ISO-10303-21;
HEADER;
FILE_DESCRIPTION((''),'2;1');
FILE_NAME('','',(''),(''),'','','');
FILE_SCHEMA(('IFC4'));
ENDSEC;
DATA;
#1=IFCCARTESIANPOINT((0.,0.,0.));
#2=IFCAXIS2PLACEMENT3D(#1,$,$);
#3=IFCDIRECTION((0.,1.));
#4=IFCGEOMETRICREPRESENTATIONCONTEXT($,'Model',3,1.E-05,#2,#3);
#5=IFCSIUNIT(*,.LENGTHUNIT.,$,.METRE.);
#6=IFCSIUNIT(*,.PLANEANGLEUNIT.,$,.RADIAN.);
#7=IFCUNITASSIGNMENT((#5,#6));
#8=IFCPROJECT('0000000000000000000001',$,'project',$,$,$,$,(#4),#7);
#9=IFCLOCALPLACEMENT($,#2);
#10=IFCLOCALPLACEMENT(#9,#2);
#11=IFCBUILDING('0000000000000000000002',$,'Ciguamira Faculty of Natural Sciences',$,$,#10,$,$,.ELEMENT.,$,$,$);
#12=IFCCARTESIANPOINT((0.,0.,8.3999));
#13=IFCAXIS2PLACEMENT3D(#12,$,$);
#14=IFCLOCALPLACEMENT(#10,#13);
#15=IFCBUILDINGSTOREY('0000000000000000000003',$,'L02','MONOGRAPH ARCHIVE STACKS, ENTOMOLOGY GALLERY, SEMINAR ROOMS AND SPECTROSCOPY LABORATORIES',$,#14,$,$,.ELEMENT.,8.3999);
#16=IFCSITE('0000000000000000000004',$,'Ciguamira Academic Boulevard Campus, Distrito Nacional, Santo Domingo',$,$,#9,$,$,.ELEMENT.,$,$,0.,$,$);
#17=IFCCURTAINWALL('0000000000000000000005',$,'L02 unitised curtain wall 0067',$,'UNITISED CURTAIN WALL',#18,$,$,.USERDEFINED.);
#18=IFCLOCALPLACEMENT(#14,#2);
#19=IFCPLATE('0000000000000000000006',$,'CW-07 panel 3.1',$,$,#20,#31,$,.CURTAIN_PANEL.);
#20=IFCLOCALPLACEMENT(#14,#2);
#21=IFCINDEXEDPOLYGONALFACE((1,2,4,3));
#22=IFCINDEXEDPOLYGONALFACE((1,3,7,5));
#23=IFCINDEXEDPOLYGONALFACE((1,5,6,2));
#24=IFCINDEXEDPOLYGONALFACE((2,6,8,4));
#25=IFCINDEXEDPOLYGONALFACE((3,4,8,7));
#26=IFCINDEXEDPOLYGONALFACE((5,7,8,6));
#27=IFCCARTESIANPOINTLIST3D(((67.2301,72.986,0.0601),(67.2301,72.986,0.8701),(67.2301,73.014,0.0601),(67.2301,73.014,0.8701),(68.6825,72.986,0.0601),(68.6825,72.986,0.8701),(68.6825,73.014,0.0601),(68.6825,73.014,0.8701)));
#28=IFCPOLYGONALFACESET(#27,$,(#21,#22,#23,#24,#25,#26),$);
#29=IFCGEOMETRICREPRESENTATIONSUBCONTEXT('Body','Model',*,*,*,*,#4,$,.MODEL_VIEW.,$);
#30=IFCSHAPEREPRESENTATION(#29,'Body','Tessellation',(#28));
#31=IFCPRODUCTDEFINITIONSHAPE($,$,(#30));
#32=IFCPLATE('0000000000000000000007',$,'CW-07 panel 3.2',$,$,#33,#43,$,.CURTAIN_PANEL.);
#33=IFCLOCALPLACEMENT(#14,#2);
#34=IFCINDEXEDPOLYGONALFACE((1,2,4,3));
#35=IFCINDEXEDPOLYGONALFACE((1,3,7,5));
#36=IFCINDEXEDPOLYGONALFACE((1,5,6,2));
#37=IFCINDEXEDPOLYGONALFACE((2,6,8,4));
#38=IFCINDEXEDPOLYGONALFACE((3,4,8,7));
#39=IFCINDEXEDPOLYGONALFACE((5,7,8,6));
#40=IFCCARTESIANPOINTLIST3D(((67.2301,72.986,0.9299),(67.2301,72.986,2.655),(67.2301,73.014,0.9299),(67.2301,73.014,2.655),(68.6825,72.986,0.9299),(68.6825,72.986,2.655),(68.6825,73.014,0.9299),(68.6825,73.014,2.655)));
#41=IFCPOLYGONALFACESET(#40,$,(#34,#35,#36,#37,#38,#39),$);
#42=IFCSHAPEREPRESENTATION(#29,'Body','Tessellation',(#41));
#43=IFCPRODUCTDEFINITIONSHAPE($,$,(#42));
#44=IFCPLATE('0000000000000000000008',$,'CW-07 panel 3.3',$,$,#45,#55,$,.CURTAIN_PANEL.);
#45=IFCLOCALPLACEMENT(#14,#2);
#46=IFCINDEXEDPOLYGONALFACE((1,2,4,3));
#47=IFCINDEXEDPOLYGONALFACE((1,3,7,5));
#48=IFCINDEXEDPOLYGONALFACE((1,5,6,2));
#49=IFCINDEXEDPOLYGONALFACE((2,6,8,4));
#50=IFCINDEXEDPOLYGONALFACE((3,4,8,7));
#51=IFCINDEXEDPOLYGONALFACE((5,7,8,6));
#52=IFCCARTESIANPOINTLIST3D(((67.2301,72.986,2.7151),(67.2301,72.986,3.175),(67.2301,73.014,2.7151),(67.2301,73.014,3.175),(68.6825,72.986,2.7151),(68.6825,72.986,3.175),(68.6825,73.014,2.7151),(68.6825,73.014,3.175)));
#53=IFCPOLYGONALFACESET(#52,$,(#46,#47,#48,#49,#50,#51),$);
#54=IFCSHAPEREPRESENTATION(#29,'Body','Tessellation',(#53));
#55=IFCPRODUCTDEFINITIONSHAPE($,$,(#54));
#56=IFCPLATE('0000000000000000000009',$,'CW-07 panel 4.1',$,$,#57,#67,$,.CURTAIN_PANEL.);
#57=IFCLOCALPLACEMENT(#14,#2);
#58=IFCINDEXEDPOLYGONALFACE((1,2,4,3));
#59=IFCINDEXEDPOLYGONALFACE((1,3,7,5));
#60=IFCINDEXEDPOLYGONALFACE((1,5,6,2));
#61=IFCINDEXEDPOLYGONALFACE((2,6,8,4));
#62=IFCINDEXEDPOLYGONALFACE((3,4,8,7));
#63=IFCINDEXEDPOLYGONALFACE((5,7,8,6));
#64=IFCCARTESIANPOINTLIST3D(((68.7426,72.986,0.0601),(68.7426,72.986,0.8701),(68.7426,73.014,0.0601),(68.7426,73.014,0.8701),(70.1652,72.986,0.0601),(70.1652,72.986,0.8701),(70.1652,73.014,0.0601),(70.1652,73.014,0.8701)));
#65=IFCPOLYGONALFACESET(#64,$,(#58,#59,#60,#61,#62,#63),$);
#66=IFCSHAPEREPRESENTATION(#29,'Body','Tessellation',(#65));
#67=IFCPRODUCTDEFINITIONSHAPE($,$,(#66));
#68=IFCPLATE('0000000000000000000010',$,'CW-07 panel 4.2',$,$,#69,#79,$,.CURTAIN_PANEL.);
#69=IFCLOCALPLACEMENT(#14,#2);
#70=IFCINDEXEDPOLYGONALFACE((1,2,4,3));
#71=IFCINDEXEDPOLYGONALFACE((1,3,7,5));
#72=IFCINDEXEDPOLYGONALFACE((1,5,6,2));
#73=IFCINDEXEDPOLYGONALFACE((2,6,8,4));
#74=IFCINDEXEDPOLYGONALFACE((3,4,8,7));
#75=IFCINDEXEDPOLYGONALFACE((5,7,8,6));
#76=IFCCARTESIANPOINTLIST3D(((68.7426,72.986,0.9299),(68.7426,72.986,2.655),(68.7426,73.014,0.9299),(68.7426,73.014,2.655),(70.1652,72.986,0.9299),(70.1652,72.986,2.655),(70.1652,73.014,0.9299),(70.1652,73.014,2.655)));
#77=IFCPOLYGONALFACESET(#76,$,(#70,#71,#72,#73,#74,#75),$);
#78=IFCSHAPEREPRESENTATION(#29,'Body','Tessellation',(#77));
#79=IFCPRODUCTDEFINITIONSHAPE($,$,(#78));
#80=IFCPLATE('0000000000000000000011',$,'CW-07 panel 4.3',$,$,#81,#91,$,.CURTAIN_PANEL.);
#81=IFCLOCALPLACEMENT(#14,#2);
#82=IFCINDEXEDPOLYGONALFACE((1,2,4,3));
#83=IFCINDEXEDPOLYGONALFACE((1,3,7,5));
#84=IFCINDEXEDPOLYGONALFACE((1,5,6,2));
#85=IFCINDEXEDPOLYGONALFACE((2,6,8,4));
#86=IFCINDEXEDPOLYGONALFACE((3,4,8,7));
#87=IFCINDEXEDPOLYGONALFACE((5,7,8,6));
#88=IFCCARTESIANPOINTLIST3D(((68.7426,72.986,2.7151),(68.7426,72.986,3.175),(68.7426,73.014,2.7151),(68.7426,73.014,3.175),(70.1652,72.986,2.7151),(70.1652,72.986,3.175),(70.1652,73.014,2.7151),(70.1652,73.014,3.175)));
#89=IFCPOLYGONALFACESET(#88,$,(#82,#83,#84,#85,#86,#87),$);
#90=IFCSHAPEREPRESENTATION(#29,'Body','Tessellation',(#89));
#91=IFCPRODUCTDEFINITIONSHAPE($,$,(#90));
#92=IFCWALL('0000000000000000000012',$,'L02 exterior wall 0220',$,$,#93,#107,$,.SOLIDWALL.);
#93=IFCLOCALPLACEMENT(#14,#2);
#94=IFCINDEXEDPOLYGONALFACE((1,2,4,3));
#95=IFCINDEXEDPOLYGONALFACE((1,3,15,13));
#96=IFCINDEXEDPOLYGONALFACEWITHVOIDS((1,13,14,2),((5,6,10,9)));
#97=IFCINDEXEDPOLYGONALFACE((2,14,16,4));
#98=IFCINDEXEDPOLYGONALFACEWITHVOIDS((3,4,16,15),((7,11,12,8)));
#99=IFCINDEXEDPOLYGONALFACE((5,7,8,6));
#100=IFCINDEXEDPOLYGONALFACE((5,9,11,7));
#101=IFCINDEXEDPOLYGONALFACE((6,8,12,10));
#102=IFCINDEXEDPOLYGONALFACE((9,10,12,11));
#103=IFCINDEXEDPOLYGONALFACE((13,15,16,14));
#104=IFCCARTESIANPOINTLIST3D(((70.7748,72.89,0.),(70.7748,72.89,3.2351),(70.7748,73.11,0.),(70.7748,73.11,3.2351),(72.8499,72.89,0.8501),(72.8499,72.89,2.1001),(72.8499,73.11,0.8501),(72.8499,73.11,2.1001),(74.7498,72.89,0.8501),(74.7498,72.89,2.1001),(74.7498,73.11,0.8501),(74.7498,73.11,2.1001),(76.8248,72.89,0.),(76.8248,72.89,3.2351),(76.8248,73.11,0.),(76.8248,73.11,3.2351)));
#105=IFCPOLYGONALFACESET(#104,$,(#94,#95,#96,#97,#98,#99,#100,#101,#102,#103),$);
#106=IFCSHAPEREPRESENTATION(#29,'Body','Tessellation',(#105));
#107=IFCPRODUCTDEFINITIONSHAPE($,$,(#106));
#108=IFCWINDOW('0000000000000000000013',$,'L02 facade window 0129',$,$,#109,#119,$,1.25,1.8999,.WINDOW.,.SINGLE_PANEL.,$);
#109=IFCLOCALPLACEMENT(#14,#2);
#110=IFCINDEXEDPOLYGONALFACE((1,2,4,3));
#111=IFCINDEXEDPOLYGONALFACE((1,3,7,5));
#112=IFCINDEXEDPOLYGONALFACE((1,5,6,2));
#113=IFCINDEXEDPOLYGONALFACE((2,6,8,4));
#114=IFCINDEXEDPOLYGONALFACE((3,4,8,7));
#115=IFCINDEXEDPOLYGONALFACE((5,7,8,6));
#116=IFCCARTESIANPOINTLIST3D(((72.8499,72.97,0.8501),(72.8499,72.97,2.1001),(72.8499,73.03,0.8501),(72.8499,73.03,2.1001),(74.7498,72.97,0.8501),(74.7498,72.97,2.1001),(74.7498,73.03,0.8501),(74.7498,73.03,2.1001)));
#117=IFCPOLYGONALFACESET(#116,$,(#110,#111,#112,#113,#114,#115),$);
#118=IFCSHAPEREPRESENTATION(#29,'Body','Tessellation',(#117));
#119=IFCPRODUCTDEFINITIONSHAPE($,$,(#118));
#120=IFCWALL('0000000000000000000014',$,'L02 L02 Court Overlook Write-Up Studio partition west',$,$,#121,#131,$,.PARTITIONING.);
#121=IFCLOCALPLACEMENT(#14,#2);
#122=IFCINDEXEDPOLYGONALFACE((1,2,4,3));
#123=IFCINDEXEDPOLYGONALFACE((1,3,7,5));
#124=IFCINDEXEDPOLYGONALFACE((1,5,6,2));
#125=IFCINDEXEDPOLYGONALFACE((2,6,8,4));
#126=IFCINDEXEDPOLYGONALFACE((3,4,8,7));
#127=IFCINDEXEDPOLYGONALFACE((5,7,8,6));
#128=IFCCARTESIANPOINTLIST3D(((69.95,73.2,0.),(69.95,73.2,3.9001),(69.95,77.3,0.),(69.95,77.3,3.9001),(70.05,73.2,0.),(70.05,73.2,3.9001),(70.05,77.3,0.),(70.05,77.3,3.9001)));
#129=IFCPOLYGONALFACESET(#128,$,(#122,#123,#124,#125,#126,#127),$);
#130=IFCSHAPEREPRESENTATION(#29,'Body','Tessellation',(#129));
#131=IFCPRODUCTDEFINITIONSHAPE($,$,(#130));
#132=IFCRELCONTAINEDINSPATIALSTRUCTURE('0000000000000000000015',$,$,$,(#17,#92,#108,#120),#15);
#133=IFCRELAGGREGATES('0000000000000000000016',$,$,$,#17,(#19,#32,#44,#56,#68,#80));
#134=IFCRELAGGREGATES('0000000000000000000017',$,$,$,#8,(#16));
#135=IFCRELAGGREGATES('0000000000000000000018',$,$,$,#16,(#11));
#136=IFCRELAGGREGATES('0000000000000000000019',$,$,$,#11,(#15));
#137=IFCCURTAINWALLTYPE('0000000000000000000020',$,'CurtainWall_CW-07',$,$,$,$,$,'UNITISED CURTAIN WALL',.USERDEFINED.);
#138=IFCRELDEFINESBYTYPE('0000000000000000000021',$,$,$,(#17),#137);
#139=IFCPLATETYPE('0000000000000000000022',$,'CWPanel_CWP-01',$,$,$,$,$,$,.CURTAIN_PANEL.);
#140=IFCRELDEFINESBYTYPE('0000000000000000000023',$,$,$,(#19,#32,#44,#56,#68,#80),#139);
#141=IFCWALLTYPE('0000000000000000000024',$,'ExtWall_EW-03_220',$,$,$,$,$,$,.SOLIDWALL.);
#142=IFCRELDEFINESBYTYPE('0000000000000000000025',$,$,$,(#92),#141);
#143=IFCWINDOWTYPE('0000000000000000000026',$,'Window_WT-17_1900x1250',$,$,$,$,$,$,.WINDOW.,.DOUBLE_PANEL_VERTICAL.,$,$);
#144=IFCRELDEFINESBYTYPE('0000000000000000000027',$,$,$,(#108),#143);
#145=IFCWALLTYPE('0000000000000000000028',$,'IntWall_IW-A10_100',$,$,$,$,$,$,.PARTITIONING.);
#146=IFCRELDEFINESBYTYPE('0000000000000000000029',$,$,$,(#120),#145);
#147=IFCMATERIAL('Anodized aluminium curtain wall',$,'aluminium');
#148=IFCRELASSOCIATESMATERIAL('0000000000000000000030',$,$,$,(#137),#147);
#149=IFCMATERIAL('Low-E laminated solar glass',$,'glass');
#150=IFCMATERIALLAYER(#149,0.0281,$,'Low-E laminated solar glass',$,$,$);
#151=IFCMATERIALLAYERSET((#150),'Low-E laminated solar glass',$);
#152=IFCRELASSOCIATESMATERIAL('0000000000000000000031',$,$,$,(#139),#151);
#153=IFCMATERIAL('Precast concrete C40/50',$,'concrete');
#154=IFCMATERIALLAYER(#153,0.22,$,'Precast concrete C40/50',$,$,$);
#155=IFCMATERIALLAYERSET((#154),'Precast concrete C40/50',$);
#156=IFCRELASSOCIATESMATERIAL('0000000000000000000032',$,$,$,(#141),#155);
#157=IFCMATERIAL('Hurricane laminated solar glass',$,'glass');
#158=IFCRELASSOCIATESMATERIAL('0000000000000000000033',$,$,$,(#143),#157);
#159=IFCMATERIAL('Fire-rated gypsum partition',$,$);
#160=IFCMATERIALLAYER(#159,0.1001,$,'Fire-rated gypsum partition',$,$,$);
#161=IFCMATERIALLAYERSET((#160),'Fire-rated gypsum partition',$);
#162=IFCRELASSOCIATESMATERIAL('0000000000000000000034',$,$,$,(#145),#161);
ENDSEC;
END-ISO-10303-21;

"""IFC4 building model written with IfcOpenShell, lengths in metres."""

from ifc_helpers import new_model, si_unit, direction, frame, frame_2d, origin, origin_2d, place, context, subcontext, project, spatial, rectangle, extrude, material, layer, layer_set, type_object, element, fill, aggregate, save


model = new_model("IFC4")

# Units and contexts
model_context = context("Model", 3, precision=1e-05, world=origin(), true_north=direction((0.0, 1.0)))
body_context = subcontext(model_context, "Body", "Model", "MODEL_VIEW")
ifc_project = project(units=[si_unit("LENGTHUNIT", "METRE"), si_unit("PLANEANGLEUNIT", "RADIAN")], contexts=[model_context])

# Site, building, storey
site_placement = place(None, origin())
site = spatial("IfcSite", under=ifc_project, at=site_placement, Name="Ciguamira Academic Boulevard Campus, Distrito Nacional, Santo Domingo", CompositionType="ELEMENT", RefElevation=0.0)
building_placement = place(site_placement, origin())
building = spatial("IfcBuilding", under=site, at=building_placement, Name="Ciguamira Faculty of Natural Sciences", CompositionType="ELEMENT")
storey_placement = place(building_placement, frame((0.0, 0.0, 8.3999)))
storey = spatial("IfcBuildingStorey", under=building, at=storey_placement, Name="L02", Description="MONOGRAPH ARCHIVE STACKS, ENTOMOLOGY GALLERY, SEMINAR ROOMS AND SPECTROSCOPY LABORATORIES", CompositionType="ELEMENT", Elevation=8.3999)

# Curtain wall
ifc_material_1 = material(Name="Anodized aluminium curtain wall", Category="aluminium")
curtain_wall_type = type_object("IfcCurtainWallType", Name="CurtainWall_CW-07", ElementType="UNITISED CURTAIN WALL", PredefinedType="USERDEFINED", material=ifc_material_1)
curtain_wall_placement = place(storey_placement, origin())
curtain_wall = element("IfcCurtainWall", 1, at=curtain_wall_placement, inside=storey, type_object=curtain_wall_type, Name="L02 unitised curtain wall 0067", ObjectType="UNITISED CURTAIN WALL", PredefinedType="USERDEFINED")

# Plates
ifc_material_2 = material(Name="Low-E laminated solar glass", Category="glass")
ifc_layer_1 = layer(ifc_material_2, 0.0281, Name="Low-E laminated solar glass")
ifc_layer_set_1 = layer_set([ifc_layer_1], Name="Low-E laminated solar glass")
plate_type = type_object("IfcPlateType", Name="CWPanel_CWP-01", PredefinedType="CURTAIN_PANEL", material=ifc_layer_set_1)
plate_1_placement = place(storey_placement, frame((67.9563, 73.0, 0.0601), z_axis=(0.0, 0.0, 1.0), x_axis=(1.0, 0.0, 0.0)))
plate_1 = element("IfcPlate", 2, at=plate_1_placement, type_object=plate_type, Name="CW-07 panel 3.1", PredefinedType="CURTAIN_PANEL", context=body_context, shape_type="SweptSolid", body=[
    extrude(rectangle(XDim=1.4524, YDim=0.0281, at=origin_2d()), origin(), (0.0, 0.0, 1.0), 0.8101),
])
plate_2_placement = place(storey_placement, frame((67.9563, 73.0, 0.9299), z_axis=(0.0, 0.0, 1.0), x_axis=(1.0, 0.0, 0.0)))
plate_2 = element("IfcPlate", 3, at=plate_2_placement, type_object=plate_type, Name="CW-07 panel 3.2", PredefinedType="CURTAIN_PANEL", context=body_context, shape_type="SweptSolid", body=[
    extrude(rectangle(XDim=1.4524, YDim=0.0281, at=origin_2d()), origin(), (0.0, 0.0, 1.0), 1.7251),
])
plate_3_placement = place(storey_placement, frame((67.9563, 73.0, 2.7151), z_axis=(0.0, 0.0, 1.0), x_axis=(1.0, 0.0, 0.0)))
plate_3 = element("IfcPlate", 4, at=plate_3_placement, type_object=plate_type, Name="CW-07 panel 3.3", PredefinedType="CURTAIN_PANEL", context=body_context, shape_type="SweptSolid", body=[
    extrude(rectangle(XDim=1.4524, YDim=0.0281, at=origin_2d()), origin(), (0.0, 0.0, 1.0), 0.46),
])
plate_4_placement = place(storey_placement, frame((69.4539, 73.0, 0.0601), z_axis=(0.0, 0.0, 1.0), x_axis=(1.0, 0.0, 0.0)))
plate_4 = element("IfcPlate", 5, at=plate_4_placement, type_object=plate_type, Name="CW-07 panel 4.1", PredefinedType="CURTAIN_PANEL", context=body_context, shape_type="SweptSolid", body=[
    extrude(rectangle(XDim=1.4226, YDim=0.0281, at=origin_2d()), origin(), (0.0, 0.0, 1.0), 0.8101),
])
plate_5_placement = place(storey_placement, frame((69.4539, 73.0, 0.9299), z_axis=(0.0, 0.0, 1.0), x_axis=(1.0, 0.0, 0.0)))
plate_5 = element("IfcPlate", 6, at=plate_5_placement, type_object=plate_type, Name="CW-07 panel 4.2", PredefinedType="CURTAIN_PANEL", context=body_context, shape_type="SweptSolid", body=[
    extrude(rectangle(XDim=1.4226, YDim=0.0281, at=origin_2d()), origin(), (0.0, 0.0, 1.0), 1.7251),
])
plate_6_placement = place(storey_placement, frame((69.4539, 73.0, 2.7151), z_axis=(0.0, 0.0, 1.0), x_axis=(1.0, 0.0, 0.0)))
plate_6 = element("IfcPlate", 7, at=plate_6_placement, type_object=plate_type, Name="CW-07 panel 4.3", PredefinedType="CURTAIN_PANEL", context=body_context, shape_type="SweptSolid", body=[
    extrude(rectangle(XDim=1.4226, YDim=0.0281, at=origin_2d()), origin(), (0.0, 0.0, 1.0), 0.46),
])
aggregate(curtain_wall, [plate_1, plate_2, plate_3, plate_4, plate_5, plate_6])

# Wall, opening, window
ifc_material_3 = material(Name="Precast concrete C40/50", Category="concrete")
ifc_layer_2 = layer(ifc_material_3, 0.22, Name="Precast concrete C40/50")
ifc_layer_set_2 = layer_set([ifc_layer_2], Name="Precast concrete C40/50")
wall_type_1 = type_object("IfcWallType", Name="ExtWall_EW-03_220", PredefinedType="SOLIDWALL", material=ifc_layer_set_2)
wall_1_placement = place(storey_placement, frame((70.7749, 73.0, 0.0), z_axis=(0.0, 0.0, 1.0), x_axis=(1.0, 0.0, 0.0)))
wall_1 = element("IfcWall", 8, at=wall_1_placement, inside=storey, type_object=wall_type_1, Name="L02 exterior wall 0220", PredefinedType="SOLIDWALL", context=body_context, shape_type="SweptSolid", body=[
    extrude(rectangle(XDim=6.05, YDim=0.22, at=frame_2d((3.0249, 0.0))), origin(), (0.0, 0.0, 1.0), 3.2351),
])
opening_placement = place(wall_1_placement, frame((2.075, 0.0, 0.8501)))
opening = element("IfcOpeningElement", 9, at=opening_placement, cuts=wall_1, PredefinedType="OPENING", context=body_context, shape_type="SweptSolid", body=[
    extrude(rectangle(XDim=1.8999, YDim=1.25, at=frame_2d((0.95, 0.625))), frame((0.0, 0.1199, 0.0), z_axis=(0.0, -1.0, 0.0), x_axis=(1.0, 0.0, 0.0)), (0.0, 0.0, 1.0), 0.24),
])
ifc_material_4 = material(Name="Hurricane laminated solar glass", Category="glass")
window_type = type_object("IfcWindowType", Name="Window_WT-17_1900x1250", PartitioningType="DOUBLE_PANEL_VERTICAL", PredefinedType="WINDOW", material=ifc_material_4)
window_placement = place(opening_placement, origin())
window = element("IfcWindow", 10, at=window_placement, inside=storey, type_object=window_type, Name="L02 facade window 0129", OverallHeight=1.25, OverallWidth=1.8999, PartitioningType="SINGLE_PANEL", PredefinedType="WINDOW", context=body_context, shape_type="SweptSolid", body=[
    extrude(rectangle(XDim=1.8999, YDim=1.25, at=frame_2d((0.95, 0.625))), frame((0.0, 0.03, 0.0), z_axis=(0.0, -1.0, 0.0), x_axis=(1.0, 0.0, 0.0)), (0.0, 0.0, 1.0), 0.0601),
])
fill(opening, window)

# Wall
ifc_material_5 = material(Name="Fire-rated gypsum partition")
ifc_layer_3 = layer(ifc_material_5, 0.1001, Name="Fire-rated gypsum partition")
ifc_layer_set_3 = layer_set([ifc_layer_3], Name="Fire-rated gypsum partition")
wall_type_2 = type_object("IfcWallType", Name="IntWall_IW-A10_100", PredefinedType="PARTITIONING", material=ifc_layer_set_3)
wall_2_placement = place(storey_placement, frame((70.0, 73.2, 0.0), z_axis=(0.0, 0.0, 1.0), x_axis=(0.0, 1.0, 0.0)))
element("IfcWall", 11, at=wall_2_placement, inside=storey, type_object=wall_type_2, Name="L02 L02 Court Overlook Write-Up Studio partition west", PredefinedType="PARTITIONING", context=body_context, shape_type="SweptSolid", body=[
    extrude(rectangle(XDim=4.1001, YDim=0.1001, at=frame_2d((2.05, 0.0))), origin(), (0.0, 0.0, 1.0), 3.9001),
])

save(model, "model.ifc")
